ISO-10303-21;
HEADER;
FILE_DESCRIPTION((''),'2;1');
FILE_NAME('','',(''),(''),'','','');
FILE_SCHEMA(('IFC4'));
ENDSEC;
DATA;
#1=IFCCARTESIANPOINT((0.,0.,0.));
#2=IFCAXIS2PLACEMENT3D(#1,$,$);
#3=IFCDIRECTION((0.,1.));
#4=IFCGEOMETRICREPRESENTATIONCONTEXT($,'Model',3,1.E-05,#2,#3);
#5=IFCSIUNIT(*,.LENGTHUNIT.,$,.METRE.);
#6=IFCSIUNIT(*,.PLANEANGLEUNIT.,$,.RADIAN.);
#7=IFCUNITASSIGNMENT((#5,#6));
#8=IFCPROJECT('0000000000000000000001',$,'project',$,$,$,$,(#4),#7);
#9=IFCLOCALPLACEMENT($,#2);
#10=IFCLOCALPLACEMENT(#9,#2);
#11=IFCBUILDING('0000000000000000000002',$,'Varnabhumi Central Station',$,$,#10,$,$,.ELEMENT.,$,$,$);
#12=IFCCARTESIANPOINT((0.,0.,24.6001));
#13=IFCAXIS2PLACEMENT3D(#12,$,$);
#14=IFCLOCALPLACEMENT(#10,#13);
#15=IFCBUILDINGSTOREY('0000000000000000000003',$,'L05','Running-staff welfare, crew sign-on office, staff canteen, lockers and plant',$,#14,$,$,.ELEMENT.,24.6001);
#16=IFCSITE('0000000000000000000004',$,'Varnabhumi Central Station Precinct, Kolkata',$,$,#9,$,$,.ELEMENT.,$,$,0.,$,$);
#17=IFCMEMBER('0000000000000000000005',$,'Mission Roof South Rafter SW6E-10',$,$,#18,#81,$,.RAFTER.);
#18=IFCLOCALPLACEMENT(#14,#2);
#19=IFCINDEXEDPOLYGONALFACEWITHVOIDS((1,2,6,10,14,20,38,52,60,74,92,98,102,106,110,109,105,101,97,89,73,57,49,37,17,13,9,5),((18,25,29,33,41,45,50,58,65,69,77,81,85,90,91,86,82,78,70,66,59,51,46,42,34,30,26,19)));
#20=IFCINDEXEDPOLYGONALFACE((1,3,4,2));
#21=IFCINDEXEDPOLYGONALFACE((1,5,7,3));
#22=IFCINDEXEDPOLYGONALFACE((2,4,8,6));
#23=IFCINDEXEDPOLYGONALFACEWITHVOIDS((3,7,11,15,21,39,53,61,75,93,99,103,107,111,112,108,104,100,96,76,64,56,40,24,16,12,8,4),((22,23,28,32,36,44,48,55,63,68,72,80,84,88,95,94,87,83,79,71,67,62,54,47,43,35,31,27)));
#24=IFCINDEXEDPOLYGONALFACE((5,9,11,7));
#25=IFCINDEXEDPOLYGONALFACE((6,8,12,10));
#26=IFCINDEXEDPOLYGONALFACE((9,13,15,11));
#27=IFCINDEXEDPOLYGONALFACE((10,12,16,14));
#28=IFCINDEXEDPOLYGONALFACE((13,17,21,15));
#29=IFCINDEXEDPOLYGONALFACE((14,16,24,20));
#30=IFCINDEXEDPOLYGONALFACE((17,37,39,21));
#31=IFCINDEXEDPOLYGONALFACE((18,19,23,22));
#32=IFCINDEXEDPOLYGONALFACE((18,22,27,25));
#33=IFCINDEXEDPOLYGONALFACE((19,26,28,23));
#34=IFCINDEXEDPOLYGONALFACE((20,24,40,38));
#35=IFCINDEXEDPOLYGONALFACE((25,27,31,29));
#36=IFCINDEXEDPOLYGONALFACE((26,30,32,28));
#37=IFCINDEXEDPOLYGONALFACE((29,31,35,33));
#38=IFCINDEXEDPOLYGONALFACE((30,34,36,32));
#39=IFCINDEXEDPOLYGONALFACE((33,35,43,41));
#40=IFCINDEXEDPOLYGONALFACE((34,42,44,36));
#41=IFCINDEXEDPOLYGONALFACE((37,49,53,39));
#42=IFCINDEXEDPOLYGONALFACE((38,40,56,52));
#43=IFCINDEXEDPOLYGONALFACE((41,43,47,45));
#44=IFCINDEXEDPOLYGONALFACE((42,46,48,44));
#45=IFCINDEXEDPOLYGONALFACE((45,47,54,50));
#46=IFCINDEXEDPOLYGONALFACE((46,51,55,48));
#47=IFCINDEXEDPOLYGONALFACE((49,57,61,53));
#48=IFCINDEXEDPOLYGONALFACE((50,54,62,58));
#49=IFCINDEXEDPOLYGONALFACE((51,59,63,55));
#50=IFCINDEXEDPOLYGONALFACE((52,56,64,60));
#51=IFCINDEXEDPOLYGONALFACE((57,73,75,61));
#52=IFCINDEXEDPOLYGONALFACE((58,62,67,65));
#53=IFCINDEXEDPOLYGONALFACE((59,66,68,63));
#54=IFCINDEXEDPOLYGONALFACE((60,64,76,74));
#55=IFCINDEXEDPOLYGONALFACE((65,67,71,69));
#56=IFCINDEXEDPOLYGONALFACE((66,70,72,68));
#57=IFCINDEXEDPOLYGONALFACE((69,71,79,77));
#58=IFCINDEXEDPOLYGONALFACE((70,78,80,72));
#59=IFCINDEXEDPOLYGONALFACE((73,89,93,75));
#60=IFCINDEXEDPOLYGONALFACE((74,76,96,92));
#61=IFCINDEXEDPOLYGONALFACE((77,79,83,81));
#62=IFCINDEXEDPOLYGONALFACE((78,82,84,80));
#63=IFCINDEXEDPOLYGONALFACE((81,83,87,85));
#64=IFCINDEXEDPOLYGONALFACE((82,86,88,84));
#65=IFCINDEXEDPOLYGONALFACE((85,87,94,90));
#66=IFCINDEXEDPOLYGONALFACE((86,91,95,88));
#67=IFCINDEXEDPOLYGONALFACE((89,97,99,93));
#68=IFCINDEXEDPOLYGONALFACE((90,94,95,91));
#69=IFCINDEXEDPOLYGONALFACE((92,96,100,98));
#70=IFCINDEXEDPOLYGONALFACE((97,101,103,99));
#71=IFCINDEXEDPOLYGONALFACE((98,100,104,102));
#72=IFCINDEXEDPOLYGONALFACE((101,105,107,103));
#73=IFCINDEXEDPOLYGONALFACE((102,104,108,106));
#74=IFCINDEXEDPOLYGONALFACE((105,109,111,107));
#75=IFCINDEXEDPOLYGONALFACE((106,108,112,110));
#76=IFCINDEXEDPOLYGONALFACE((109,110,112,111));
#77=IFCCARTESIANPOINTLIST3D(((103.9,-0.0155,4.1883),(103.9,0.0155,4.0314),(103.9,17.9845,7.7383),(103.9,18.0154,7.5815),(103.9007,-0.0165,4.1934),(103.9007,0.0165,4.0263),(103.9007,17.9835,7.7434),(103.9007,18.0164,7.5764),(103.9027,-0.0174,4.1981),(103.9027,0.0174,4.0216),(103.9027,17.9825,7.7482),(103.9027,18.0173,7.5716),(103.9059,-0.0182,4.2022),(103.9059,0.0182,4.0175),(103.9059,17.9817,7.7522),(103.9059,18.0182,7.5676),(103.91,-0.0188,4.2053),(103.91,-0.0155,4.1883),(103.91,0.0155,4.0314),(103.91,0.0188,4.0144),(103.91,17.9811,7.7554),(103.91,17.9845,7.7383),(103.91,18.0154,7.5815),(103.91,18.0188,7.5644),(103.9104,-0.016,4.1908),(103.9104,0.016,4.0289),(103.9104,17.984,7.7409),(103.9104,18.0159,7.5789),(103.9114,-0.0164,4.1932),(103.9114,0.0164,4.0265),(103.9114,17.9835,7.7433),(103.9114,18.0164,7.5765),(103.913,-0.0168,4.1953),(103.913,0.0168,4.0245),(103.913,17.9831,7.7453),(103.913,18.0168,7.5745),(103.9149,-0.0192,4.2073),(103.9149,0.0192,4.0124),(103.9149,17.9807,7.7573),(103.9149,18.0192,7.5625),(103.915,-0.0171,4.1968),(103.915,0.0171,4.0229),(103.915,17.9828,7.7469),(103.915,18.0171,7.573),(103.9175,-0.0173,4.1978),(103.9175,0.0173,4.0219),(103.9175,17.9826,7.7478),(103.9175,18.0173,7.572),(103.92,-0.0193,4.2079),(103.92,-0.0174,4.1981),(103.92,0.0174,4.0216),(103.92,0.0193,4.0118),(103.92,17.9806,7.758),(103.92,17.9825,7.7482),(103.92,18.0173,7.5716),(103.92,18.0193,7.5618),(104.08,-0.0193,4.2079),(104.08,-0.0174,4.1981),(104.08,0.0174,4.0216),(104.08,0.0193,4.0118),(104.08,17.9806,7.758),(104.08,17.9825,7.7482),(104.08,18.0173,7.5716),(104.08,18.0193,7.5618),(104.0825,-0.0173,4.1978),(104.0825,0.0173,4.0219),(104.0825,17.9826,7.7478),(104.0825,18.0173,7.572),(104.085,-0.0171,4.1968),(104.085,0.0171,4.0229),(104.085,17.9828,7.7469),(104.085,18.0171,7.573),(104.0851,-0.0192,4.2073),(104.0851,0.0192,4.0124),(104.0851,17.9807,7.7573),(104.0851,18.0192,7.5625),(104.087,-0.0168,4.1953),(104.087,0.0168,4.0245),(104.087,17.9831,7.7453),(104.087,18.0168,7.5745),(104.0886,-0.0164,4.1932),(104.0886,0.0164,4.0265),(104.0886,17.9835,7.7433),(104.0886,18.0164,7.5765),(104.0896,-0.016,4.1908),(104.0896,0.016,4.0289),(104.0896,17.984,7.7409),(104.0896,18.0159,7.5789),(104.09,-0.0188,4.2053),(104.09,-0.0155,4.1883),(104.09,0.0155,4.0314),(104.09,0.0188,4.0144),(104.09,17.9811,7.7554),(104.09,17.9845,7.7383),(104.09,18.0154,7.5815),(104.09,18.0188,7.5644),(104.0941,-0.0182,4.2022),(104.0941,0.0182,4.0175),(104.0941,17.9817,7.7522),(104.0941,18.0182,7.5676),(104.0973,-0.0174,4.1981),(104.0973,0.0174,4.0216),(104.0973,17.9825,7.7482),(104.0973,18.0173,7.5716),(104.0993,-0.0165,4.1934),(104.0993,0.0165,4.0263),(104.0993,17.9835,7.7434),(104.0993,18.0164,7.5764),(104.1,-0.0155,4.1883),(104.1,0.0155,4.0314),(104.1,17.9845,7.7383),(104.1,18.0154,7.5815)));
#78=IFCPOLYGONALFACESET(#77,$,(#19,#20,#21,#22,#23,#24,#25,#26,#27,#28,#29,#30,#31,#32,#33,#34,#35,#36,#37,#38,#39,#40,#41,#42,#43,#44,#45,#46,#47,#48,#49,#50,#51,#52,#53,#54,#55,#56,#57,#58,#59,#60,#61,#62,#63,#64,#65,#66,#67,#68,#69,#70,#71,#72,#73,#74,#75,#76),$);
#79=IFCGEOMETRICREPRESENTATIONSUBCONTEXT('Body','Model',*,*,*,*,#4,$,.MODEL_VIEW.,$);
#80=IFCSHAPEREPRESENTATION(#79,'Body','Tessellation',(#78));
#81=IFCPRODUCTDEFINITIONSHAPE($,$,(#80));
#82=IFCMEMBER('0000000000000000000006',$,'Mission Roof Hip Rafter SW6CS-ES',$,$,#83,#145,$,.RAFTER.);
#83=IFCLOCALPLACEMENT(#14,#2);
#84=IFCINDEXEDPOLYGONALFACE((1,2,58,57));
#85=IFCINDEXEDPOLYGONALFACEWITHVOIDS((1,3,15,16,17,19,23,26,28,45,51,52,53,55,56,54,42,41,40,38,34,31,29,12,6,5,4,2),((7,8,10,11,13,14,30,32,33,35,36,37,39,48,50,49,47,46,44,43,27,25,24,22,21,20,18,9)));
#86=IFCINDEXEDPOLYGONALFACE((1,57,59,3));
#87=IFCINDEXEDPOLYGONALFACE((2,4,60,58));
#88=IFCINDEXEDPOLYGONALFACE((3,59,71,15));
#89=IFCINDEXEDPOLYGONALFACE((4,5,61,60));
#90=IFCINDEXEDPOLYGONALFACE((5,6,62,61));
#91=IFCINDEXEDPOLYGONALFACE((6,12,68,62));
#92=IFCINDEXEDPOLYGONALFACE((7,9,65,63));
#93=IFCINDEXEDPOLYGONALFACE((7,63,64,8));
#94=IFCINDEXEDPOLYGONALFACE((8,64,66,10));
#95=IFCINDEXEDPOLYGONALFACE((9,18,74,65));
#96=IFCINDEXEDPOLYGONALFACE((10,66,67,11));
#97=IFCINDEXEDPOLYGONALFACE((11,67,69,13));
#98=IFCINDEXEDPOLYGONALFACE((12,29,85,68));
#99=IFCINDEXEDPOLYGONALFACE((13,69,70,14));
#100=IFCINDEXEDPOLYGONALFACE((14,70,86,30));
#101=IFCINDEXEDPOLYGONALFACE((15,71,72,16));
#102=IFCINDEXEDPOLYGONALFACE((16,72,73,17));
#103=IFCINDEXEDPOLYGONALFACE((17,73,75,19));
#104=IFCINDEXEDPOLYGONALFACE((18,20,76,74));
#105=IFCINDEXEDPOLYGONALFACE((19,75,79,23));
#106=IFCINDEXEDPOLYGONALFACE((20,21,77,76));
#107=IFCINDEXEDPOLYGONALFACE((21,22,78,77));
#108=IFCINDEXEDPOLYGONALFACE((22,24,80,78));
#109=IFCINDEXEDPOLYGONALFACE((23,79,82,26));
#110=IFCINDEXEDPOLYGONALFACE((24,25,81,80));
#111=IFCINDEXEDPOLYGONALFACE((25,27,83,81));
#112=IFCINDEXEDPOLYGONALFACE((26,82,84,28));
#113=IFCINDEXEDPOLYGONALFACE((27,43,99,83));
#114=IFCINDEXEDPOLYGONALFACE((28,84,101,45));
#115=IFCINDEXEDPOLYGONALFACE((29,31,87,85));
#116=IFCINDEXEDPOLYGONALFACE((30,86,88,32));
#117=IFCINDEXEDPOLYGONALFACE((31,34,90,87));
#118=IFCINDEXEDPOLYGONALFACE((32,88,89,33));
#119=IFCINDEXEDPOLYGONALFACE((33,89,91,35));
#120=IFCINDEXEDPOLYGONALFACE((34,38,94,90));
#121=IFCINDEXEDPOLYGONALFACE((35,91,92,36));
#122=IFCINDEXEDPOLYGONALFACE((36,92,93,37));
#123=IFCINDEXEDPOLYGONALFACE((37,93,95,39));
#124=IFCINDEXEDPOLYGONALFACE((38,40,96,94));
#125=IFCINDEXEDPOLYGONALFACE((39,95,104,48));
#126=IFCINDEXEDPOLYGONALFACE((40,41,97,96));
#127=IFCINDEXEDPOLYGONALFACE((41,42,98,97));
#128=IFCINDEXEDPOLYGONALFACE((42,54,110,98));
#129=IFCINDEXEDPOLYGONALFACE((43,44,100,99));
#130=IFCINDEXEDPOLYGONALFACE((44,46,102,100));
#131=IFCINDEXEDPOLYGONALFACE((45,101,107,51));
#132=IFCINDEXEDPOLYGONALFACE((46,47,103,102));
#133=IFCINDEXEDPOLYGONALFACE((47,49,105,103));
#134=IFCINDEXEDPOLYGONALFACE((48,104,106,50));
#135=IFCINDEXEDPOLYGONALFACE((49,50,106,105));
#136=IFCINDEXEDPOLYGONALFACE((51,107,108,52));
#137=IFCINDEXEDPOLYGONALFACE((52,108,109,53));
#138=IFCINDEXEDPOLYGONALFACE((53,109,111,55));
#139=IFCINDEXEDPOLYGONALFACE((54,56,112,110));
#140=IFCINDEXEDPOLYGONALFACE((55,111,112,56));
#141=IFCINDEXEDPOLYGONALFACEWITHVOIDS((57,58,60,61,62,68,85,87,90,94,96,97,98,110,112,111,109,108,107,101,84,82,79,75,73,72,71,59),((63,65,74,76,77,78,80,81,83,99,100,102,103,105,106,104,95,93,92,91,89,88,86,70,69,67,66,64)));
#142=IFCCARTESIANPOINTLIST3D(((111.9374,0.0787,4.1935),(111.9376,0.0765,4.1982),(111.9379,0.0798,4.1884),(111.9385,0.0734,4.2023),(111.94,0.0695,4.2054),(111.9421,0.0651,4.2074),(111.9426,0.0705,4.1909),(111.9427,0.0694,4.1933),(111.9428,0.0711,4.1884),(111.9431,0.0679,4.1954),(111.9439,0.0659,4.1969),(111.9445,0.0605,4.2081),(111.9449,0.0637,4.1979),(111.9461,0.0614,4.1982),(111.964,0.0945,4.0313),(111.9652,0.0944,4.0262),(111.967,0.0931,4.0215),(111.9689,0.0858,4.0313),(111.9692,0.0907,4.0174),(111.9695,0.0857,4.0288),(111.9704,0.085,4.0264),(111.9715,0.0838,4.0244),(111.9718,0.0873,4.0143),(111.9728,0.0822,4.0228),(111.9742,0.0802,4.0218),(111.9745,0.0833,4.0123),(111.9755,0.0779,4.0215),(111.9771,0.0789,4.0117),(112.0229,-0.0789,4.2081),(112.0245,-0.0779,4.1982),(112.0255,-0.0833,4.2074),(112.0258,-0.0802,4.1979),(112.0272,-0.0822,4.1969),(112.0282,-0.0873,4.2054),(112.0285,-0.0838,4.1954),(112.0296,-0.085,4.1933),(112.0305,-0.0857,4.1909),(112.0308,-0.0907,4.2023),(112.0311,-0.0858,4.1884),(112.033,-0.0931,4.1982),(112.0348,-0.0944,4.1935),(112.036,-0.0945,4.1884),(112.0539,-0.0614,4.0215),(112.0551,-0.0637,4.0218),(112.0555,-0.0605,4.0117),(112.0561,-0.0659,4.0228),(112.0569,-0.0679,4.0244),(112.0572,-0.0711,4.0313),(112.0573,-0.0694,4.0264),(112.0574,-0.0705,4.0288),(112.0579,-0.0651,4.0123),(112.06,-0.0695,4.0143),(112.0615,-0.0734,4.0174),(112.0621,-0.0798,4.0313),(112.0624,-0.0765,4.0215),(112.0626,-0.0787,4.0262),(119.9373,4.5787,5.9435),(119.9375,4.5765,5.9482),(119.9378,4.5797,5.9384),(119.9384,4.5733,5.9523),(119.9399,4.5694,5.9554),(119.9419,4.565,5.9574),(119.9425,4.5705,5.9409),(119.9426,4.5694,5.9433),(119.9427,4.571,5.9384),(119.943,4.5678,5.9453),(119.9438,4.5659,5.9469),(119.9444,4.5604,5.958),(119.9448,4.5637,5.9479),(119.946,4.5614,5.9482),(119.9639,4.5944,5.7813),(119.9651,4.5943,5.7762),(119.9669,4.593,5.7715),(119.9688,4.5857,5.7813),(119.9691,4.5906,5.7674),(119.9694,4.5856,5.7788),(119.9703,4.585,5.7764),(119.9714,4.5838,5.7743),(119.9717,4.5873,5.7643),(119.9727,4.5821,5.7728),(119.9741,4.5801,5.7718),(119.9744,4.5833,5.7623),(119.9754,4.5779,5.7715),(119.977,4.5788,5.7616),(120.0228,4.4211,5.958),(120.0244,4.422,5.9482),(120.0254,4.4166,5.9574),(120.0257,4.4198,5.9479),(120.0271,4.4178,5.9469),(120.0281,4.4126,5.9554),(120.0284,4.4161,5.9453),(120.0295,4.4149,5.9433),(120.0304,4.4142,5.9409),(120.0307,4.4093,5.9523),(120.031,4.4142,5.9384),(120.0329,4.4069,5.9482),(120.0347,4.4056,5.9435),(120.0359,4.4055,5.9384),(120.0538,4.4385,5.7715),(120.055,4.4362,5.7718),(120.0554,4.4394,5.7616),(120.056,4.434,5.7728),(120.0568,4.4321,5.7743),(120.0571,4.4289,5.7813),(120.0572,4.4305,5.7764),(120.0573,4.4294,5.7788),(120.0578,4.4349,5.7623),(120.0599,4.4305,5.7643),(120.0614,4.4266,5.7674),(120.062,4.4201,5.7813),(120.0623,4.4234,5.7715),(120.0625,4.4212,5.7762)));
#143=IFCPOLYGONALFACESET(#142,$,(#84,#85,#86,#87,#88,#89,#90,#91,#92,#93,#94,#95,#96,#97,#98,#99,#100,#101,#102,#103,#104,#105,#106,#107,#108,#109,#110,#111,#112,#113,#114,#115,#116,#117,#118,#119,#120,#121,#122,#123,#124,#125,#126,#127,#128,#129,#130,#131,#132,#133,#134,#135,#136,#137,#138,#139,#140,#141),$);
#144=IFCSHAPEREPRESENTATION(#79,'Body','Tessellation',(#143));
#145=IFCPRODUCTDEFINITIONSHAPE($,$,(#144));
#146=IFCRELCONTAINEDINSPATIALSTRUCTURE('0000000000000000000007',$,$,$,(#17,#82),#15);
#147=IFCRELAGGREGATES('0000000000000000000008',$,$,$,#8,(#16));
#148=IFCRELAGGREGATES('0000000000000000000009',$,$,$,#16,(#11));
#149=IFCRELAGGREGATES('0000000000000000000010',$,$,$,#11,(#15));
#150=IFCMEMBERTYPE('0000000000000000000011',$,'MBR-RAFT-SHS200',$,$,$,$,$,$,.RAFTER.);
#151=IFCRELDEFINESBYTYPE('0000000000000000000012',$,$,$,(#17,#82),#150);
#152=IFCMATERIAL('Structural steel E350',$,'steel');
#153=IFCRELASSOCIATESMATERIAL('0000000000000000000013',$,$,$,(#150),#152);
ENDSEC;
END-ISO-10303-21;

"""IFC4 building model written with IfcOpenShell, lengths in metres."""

from ifc_helpers import new_model, si_unit, direction, frame, origin, origin_2d, place, context, subcontext, project, spatial, hollow_rectangle, extrude, material, material_profile, profile_set, type_object, element, save


model = new_model("IFC4")

# Units and contexts
model_context = context("Model", 3, precision=1e-05, world=origin(), true_north=direction((0.0, 1.0)))
body_context = subcontext(model_context, "Body", "Model", "MODEL_VIEW")
ifc_project = project(units=[si_unit("LENGTHUNIT", "METRE"), si_unit("PLANEANGLEUNIT", "RADIAN")], contexts=[model_context])

# Site, building, storey
site_placement = place(None, origin())
site = spatial("IfcSite", under=ifc_project, at=site_placement, Name="Varnabhumi Central Station Precinct, Kolkata", CompositionType="ELEMENT", RefElevation=0.0)
building_placement = place(site_placement, origin())
building = spatial("IfcBuilding", under=site, at=building_placement, Name="Varnabhumi Central Station", CompositionType="ELEMENT")
storey_placement = place(building_placement, frame((0.0, 0.0, 24.6001)))
storey = spatial("IfcBuildingStorey", under=building, at=storey_placement, Name="L05", Description="Running-staff welfare, crew sign-on office, staff canteen, lockers and plant", CompositionType="ELEMENT", Elevation=24.6001)

# Shared definitions
ifc_material_1 = material(Name="Structural steel E350", Category="steel")

# Members
ifc_material_profile_1 = material_profile(ifc_material_1, hollow_rectangle(XDim=0.2, YDim=0.2, WallThickness=0.01, InnerFilletRadius=0.01, OuterFilletRadius=0.02, at=origin_2d()), Name="Structural steel E350", Category="steel")
ifc_profile_set_1 = profile_set([ifc_material_profile_1], Name="Structural steel E350")
member_type_1 = type_object("IfcMemberType", Name="MBR-RAFT-SHS200", PredefinedType="RAFTER", material=ifc_profile_set_1)
member_1_placement = place(storey_placement, frame((104.0, 0.0, 4.1099), z_axis=(0.0, 0.981101, 0.193498), x_axis=(-1.0, 0.0, 0.0)))
element("IfcMember", 1, at=member_1_placement, inside=storey, type_object=member_type_1, Name="Mission Roof South Rafter SW6E-10", PredefinedType="RAFTER", context=body_context, shape_type="SweptSolid", body=[
    extrude(hollow_rectangle(XDim=0.2, YDim=0.2, WallThickness=0.01, InnerFilletRadius=0.01, OuterFilletRadius=0.02, at=origin_2d()), origin(), (0.0, 0.0, 1.0), 18.3467),
])
for number, where, z_axis, x_axis, name in (
    (2, (112.0, 0.0, 4.1099), (0.856154, 0.481586, 0.187284), (-0.490261, 0.871576, 0.0), "Mission Roof Hip Rafter SW6CS-ES"),
):
    element("IfcMember", number, at=place(storey_placement, frame(where, z_axis=z_axis, x_axis=x_axis)), inside=storey, type_object=member_type_1, Name=name, PredefinedType="RAFTER", context=body_context, shape_type="SweptSolid", body=[
        extrude(hollow_rectangle(XDim=0.2, YDim=0.2, WallThickness=0.01, InnerFilletRadius=0.01, OuterFilletRadius=0.02, at=origin_2d()), origin(), (0.0, 0.0, 1.0), 9.344),
    ])

save(model, "model.ifc")
